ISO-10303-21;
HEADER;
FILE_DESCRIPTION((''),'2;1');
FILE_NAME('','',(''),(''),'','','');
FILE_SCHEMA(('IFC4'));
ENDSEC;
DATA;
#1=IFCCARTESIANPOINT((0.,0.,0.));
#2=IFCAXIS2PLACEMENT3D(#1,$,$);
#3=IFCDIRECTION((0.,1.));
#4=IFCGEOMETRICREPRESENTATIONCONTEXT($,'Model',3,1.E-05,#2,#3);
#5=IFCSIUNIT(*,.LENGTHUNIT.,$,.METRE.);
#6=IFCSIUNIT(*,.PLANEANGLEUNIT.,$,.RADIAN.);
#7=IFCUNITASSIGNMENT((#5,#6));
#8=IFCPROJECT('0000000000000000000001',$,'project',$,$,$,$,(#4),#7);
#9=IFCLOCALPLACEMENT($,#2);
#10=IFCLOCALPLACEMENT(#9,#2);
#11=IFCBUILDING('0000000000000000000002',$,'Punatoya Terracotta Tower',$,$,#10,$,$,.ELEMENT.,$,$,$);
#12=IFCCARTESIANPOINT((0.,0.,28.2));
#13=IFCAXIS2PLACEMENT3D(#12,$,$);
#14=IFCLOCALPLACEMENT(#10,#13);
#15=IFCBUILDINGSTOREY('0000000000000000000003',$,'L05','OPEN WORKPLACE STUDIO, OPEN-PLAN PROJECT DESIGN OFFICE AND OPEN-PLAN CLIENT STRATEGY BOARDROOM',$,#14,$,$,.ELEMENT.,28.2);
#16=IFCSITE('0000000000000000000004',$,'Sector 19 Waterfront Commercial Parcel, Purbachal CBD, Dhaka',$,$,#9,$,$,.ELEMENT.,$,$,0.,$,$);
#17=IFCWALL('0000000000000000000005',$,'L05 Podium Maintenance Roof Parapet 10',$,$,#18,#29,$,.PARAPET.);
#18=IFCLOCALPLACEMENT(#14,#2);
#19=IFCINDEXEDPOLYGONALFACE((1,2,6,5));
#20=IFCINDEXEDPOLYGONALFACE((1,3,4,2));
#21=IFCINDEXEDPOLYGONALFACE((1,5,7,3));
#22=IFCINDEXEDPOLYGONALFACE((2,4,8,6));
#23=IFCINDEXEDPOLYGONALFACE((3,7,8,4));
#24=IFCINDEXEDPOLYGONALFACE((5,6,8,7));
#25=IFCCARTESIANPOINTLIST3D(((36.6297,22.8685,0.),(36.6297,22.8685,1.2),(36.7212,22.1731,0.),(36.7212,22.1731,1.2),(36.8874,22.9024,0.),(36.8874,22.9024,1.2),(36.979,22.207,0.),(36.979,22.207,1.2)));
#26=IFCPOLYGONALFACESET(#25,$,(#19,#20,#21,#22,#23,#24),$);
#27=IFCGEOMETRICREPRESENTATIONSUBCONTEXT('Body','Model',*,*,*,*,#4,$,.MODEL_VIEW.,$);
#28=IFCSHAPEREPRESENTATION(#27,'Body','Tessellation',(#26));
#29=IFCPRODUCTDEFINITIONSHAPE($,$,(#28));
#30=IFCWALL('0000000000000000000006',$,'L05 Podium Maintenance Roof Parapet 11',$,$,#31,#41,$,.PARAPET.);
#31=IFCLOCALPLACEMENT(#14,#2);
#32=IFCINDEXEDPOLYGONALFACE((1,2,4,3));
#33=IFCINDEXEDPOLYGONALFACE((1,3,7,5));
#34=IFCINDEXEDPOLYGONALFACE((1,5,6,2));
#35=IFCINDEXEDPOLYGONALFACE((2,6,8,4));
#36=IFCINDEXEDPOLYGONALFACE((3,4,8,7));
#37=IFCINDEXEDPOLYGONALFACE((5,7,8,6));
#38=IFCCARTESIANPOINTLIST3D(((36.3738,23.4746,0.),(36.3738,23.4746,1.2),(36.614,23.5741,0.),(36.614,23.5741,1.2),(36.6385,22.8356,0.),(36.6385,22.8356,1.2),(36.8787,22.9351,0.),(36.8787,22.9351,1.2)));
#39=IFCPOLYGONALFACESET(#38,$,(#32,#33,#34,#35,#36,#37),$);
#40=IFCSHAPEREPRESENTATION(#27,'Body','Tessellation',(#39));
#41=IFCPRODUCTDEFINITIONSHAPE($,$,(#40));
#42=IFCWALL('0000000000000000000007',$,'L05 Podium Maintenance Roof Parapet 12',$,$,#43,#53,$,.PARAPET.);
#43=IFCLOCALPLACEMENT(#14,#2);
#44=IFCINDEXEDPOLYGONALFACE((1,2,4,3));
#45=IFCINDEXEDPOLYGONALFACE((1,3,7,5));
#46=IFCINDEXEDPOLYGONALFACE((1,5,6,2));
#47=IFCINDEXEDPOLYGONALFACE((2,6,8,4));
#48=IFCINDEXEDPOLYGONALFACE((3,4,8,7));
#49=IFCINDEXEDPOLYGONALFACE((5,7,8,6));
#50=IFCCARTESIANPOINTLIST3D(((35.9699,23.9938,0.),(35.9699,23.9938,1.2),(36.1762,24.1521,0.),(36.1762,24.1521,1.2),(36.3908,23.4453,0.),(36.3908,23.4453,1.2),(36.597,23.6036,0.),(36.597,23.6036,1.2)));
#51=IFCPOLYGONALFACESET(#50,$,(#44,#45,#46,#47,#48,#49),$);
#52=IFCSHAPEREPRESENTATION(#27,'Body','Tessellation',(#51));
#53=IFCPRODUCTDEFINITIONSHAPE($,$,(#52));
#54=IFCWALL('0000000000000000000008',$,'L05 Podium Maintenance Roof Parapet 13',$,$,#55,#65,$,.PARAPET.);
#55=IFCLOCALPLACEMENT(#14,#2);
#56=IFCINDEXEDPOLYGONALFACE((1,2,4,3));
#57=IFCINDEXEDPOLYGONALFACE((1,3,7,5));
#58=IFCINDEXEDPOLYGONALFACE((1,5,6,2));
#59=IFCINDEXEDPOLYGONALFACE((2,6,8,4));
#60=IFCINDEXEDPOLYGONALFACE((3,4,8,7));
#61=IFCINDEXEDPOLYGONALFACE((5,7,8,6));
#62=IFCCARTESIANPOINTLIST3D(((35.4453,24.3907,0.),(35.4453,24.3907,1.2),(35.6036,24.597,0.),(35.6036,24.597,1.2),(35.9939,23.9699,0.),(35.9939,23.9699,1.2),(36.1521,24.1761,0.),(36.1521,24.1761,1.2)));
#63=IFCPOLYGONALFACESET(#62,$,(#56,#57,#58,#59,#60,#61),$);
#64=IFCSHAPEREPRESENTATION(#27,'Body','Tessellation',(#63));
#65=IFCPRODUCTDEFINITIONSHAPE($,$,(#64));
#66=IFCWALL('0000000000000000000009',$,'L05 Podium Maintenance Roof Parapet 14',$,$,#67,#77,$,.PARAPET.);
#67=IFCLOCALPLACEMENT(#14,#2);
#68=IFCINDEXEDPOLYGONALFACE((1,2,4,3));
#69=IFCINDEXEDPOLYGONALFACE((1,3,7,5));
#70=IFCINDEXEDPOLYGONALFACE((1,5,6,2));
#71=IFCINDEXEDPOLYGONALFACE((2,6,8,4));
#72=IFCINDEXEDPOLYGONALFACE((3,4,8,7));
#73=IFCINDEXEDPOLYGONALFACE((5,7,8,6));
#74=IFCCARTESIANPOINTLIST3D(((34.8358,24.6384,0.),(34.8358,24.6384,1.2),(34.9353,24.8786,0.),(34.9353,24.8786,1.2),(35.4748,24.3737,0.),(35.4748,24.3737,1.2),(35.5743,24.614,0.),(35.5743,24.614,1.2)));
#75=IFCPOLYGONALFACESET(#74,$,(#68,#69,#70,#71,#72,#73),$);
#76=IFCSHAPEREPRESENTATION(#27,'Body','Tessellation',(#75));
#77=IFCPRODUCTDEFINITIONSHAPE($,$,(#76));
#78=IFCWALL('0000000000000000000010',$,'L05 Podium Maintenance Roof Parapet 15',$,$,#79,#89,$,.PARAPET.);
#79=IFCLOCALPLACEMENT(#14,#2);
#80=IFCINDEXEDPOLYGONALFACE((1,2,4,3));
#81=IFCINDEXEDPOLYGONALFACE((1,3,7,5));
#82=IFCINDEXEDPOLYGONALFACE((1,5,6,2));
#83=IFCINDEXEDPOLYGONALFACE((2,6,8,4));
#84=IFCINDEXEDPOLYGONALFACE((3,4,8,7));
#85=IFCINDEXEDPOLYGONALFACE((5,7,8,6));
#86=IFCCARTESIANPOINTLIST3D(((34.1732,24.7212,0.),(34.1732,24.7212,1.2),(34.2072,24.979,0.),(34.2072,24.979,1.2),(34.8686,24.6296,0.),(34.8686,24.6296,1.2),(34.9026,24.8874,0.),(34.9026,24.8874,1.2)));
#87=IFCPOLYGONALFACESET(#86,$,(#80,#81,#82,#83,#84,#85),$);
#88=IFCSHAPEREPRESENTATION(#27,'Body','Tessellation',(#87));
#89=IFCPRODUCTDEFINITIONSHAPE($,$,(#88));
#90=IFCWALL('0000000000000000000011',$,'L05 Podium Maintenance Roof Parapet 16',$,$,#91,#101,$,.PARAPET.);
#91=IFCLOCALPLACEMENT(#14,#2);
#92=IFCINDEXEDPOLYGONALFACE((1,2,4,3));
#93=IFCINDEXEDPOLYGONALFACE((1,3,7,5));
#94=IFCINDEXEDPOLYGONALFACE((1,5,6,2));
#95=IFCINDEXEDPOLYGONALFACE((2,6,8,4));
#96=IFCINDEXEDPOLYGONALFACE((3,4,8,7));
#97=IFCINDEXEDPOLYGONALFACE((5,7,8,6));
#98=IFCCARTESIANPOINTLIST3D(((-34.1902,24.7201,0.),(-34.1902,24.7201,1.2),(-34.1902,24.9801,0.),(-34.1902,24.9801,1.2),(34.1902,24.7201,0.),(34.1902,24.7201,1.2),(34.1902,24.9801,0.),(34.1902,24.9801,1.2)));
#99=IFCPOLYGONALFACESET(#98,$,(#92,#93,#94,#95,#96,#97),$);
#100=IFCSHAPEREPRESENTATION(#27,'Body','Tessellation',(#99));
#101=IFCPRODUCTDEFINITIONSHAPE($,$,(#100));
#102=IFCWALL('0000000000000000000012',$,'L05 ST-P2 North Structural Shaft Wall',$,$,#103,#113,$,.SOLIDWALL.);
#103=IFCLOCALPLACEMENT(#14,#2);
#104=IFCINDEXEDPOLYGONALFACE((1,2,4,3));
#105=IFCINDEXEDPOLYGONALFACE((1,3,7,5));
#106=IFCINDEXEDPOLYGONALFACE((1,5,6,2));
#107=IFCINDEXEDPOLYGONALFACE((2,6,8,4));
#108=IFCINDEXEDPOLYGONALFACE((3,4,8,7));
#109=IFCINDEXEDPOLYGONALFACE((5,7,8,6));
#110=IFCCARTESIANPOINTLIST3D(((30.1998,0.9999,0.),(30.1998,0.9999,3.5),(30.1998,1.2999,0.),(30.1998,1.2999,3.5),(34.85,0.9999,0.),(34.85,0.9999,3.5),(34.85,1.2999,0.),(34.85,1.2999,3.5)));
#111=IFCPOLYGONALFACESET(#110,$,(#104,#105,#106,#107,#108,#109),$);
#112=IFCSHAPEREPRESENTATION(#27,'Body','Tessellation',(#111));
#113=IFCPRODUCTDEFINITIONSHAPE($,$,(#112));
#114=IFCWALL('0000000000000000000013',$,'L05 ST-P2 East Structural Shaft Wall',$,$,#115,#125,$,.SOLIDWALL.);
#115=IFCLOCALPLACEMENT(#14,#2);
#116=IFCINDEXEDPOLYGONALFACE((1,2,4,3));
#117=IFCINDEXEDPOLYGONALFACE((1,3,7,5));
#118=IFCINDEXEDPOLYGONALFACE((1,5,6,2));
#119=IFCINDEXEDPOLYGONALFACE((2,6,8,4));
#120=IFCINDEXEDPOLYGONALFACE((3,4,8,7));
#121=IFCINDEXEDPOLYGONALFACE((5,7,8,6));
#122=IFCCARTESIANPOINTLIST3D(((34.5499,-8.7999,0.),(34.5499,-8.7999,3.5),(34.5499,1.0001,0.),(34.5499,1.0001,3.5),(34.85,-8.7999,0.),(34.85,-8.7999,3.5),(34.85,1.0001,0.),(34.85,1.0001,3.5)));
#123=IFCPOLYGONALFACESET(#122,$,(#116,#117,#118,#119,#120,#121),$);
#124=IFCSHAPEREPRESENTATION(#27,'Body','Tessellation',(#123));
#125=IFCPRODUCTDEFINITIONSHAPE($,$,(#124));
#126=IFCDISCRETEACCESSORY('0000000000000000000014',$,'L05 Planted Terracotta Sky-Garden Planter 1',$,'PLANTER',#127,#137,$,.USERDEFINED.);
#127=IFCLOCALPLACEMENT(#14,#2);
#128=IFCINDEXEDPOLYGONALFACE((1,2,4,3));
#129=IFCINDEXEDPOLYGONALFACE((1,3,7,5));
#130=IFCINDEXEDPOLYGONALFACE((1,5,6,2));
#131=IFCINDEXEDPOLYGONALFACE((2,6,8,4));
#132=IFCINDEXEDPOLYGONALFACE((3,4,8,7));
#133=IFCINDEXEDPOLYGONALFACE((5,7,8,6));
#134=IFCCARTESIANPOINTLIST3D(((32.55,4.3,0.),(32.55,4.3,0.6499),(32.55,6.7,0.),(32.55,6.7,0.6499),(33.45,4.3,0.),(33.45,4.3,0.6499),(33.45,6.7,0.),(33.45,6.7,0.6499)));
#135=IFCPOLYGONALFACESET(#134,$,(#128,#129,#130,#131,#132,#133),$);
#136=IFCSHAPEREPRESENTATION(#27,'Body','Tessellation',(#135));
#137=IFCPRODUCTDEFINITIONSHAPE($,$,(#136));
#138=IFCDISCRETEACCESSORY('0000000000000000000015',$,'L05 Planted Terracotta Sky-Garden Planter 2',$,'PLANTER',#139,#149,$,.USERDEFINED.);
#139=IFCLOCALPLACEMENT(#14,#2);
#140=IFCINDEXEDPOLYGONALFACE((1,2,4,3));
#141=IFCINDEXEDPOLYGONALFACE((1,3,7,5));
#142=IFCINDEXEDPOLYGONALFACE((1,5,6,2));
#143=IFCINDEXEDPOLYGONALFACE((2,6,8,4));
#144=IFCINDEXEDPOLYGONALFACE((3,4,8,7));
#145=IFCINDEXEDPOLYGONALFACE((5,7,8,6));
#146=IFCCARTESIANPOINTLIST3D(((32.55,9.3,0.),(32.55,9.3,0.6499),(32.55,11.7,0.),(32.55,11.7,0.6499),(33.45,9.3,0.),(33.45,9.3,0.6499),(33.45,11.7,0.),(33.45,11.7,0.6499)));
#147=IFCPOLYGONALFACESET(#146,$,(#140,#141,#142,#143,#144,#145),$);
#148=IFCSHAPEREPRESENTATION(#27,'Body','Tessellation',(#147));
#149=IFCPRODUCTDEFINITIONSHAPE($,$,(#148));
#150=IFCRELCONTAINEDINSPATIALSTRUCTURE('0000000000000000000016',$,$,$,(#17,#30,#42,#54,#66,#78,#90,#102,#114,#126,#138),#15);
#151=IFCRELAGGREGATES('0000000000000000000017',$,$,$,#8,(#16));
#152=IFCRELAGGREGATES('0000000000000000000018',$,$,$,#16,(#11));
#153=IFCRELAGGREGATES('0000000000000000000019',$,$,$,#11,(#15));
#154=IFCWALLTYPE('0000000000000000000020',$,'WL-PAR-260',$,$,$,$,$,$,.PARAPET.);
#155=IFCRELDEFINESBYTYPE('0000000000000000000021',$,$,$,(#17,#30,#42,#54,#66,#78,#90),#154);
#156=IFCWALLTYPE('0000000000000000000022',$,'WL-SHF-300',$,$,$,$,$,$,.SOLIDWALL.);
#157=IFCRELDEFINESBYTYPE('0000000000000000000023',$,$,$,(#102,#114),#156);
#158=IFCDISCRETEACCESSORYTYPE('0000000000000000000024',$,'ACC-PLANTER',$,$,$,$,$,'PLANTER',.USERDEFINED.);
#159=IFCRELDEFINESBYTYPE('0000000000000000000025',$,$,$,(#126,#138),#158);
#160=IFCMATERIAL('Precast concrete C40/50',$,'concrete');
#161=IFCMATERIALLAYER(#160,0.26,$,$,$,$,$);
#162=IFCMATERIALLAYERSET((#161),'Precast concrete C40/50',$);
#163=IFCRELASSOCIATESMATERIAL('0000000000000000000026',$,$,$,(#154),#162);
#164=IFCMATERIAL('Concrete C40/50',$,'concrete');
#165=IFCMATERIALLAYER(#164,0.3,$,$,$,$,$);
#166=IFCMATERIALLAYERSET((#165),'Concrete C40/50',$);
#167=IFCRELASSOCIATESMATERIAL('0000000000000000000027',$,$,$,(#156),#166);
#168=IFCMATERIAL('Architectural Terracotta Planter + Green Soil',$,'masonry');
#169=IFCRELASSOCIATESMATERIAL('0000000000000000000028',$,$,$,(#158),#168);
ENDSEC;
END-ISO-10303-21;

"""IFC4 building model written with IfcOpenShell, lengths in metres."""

from ifc_helpers import new_model, si_unit, direction, frame, frame_2d, origin, origin_2d, place, context, subcontext, project, spatial, rectangle, extrude, material, layer, layer_set, type_object, element, save


model = new_model("IFC4")

# Units and contexts
model_context = context("Model", 3, precision=1e-05, world=origin(), true_north=direction((0.0, 1.0)))
body_context = subcontext(model_context, "Body", "Model", "MODEL_VIEW")
ifc_project = project(units=[si_unit("LENGTHUNIT", "METRE"), si_unit("PLANEANGLEUNIT", "RADIAN")], contexts=[model_context])

# Site, building, storey
site_placement = place(None, origin())
site = spatial("IfcSite", under=ifc_project, at=site_placement, Name="Sector 19 Waterfront Commercial Parcel, Purbachal CBD, Dhaka", CompositionType="ELEMENT", RefElevation=0.0)
building_placement = place(site_placement, origin())
building = spatial("IfcBuilding", under=site, at=building_placement, Name="Punatoya Terracotta Tower", CompositionType="ELEMENT")
storey_placement = place(building_placement, frame((0.0, 0.0, 28.2)))
storey = spatial("IfcBuildingStorey", under=building, at=storey_placement, Name="L05", Description="OPEN WORKPLACE STUDIO, OPEN-PLAN PROJECT DESIGN OFFICE AND OPEN-PLAN CLIENT STRATEGY BOARDROOM", CompositionType="ELEMENT", Elevation=28.2)

# Walls
ifc_material_1 = material(Name="Precast concrete C40/50", Category="concrete")
ifc_layer_1 = layer(ifc_material_1, 0.26)
ifc_layer_set_1 = layer_set([ifc_layer_1], Name="Precast concrete C40/50")
wall_type_1 = type_object("IfcWallType", Name="WL-PAR-260", PredefinedType="PARAPET", material=ifc_layer_set_1)
wall_1_placement = place(storey_placement, frame((36.8501, 22.1902, 0.0), z_axis=(0.0, 0.0, 1.0), x_axis=(-0.130545, 0.991442, 0.0)))
element("IfcWall", 1, at=wall_1_placement, inside=storey, type_object=wall_type_1, Name="L05 Podium Maintenance Roof Parapet 10", PredefinedType="PARAPET", context=body_context, shape_type="SweptSolid", body=[
    extrude(rectangle(XDim=0.7014, YDim=0.26, at=frame_2d((0.3506, 0.0))), origin(), (0.0, 0.0, 1.0), 1.2),
])
wall_2_placement = place(storey_placement, frame((36.7585, 22.8855, 0.0), z_axis=(0.0, 0.0, 1.0), x_axis=(-0.382684, 0.923879, 0.0)))
element("IfcWall", 2, at=wall_2_placement, inside=storey, type_object=wall_type_1, Name="L05 Podium Maintenance Roof Parapet 11", PredefinedType="PARAPET", context=body_context, shape_type="SweptSolid", body=[
    extrude(rectangle(XDim=0.6917, YDim=0.26, at=frame_2d((0.3457, 0.0))), origin(), (0.0, 0.0, 1.0), 1.2),
])
for number, where, z_axis, x_axis, name in (
    (3, (36.4939, 23.5244, 0.0), (0.0, 0.0, 1.0), (-0.608721, 0.793385, 0.0), "L05 Podium Maintenance Roof Parapet 12"),
    (4, (36.073, 24.073, 0.0), (0.0, 0.0, 1.0), (-0.793385, 0.608721, 0.0), "L05 Podium Maintenance Roof Parapet 13"),
):
    element("IfcWall", number, at=place(storey_placement, frame(where, z_axis=z_axis, x_axis=x_axis)), inside=storey, type_object=wall_type_1, Name=name, PredefinedType="PARAPET", context=body_context, shape_type="SweptSolid", body=[
        extrude(rectangle(XDim=0.6914, YDim=0.26, at=frame_2d((0.3457, 0.0))), origin(), (0.0, 0.0, 1.0), 1.2),
    ])
wall_3_placement = place(storey_placement, frame((35.5244, 24.4939, 0.0), z_axis=(0.0, 0.0, 1.0), x_axis=(-0.923879, 0.382684, 0.0)))
element("IfcWall", 5, at=wall_3_placement, inside=storey, type_object=wall_type_1, Name="L05 Podium Maintenance Roof Parapet 14", PredefinedType="PARAPET", context=body_context, shape_type="SweptSolid", body=[
    extrude(rectangle(XDim=0.6917, YDim=0.26, at=frame_2d((0.3457, 0.0))), origin(), (0.0, 0.0, 1.0), 1.2),
])
wall_4_placement = place(storey_placement, frame((34.8855, 24.7585, 0.0), z_axis=(0.0, 0.0, 1.0), x_axis=(-0.991442, 0.130545, 0.0)))
element("IfcWall", 6, at=wall_4_placement, inside=storey, type_object=wall_type_1, Name="L05 Podium Maintenance Roof Parapet 15", PredefinedType="PARAPET", context=body_context, shape_type="SweptSolid", body=[
    extrude(rectangle(XDim=0.7014, YDim=0.26, at=frame_2d((0.3506, 0.0))), origin(), (0.0, 0.0, 1.0), 1.2),
])
wall_5_placement = place(storey_placement, frame((34.1902, 24.8501, 0.0), z_axis=(0.0, 0.0, 1.0), x_axis=(-1.0, 0.0, 0.0)))
element("IfcWall", 7, at=wall_5_placement, inside=storey, type_object=wall_type_1, Name="L05 Podium Maintenance Roof Parapet 16", PredefinedType="PARAPET", context=body_context, shape_type="SweptSolid", body=[
    extrude(rectangle(XDim=68.3804, YDim=0.26, at=frame_2d((34.1902, 0.0))), origin(), (0.0, 0.0, 1.0), 1.2),
])
ifc_material_2 = material(Name="Concrete C40/50", Category="concrete")
ifc_layer_2 = layer(ifc_material_2, 0.3)
ifc_layer_set_2 = layer_set([ifc_layer_2], Name="Concrete C40/50")
wall_type_2 = type_object("IfcWallType", Name="WL-SHF-300", PredefinedType="SOLIDWALL", material=ifc_layer_set_2)
wall_6_placement = place(storey_placement, frame((34.8501, 1.1499, 0.0), z_axis=(0.0, 0.0, 1.0), x_axis=(-1.0, 0.0, 0.0)))
element("IfcWall", 8, at=wall_6_placement, inside=storey, type_object=wall_type_2, Name="L05 ST-P2 North Structural Shaft Wall", PredefinedType="SOLIDWALL", context=body_context, shape_type="SweptSolid", body=[
    extrude(rectangle(XDim=4.6501, YDim=0.3, at=frame_2d((2.3252, 0.0))), origin(), (0.0, 0.0, 1.0), 3.5),
])
wall_7_placement = place(storey_placement, frame((34.7, 1.0, 0.0), z_axis=(0.0, 0.0, 1.0), x_axis=(0.0, -1.0, 0.0)))
element("IfcWall", 9, at=wall_7_placement, inside=storey, type_object=wall_type_2, Name="L05 ST-P2 East Structural Shaft Wall", PredefinedType="SOLIDWALL", context=body_context, shape_type="SweptSolid", body=[
    extrude(rectangle(XDim=9.8, YDim=0.3, at=frame_2d((4.8999, 0.0))), origin(), (0.0, 0.0, 1.0), 3.5),
])

# Discrete accessories
ifc_material_3 = material(Name="Architectural Terracotta Planter + Green Soil", Category="masonry")
discrete_accessory_type = type_object("IfcDiscreteAccessoryType", Name="ACC-PLANTER", ElementType="PLANTER", PredefinedType="USERDEFINED", material=ifc_material_3)
for number, where, z_axis, x_axis, name in (
    (10, (33.0, 5.5, 0.0), (0.0, 0.0, 1.0), (0.0, 1.0, 0.0), "L05 Planted Terracotta Sky-Garden Planter 1"),
    (11, (33.0, 10.5, 0.0), (0.0, 0.0, 1.0), (0.0, 1.0, 0.0), "L05 Planted Terracotta Sky-Garden Planter 2"),
):
    element("IfcDiscreteAccessory", number, at=place(storey_placement, frame(where, z_axis=z_axis, x_axis=x_axis)), inside=storey, type_object=discrete_accessory_type, Name=name, ObjectType="PLANTER", PredefinedType="USERDEFINED", context=body_context, shape_type="SweptSolid", body=[
        extrude(rectangle(XDim=2.3999, YDim=0.8999, at=origin_2d()), origin(), (0.0, 0.0, 1.0), 0.6499),
    ])

save(model, "model.ifc")
